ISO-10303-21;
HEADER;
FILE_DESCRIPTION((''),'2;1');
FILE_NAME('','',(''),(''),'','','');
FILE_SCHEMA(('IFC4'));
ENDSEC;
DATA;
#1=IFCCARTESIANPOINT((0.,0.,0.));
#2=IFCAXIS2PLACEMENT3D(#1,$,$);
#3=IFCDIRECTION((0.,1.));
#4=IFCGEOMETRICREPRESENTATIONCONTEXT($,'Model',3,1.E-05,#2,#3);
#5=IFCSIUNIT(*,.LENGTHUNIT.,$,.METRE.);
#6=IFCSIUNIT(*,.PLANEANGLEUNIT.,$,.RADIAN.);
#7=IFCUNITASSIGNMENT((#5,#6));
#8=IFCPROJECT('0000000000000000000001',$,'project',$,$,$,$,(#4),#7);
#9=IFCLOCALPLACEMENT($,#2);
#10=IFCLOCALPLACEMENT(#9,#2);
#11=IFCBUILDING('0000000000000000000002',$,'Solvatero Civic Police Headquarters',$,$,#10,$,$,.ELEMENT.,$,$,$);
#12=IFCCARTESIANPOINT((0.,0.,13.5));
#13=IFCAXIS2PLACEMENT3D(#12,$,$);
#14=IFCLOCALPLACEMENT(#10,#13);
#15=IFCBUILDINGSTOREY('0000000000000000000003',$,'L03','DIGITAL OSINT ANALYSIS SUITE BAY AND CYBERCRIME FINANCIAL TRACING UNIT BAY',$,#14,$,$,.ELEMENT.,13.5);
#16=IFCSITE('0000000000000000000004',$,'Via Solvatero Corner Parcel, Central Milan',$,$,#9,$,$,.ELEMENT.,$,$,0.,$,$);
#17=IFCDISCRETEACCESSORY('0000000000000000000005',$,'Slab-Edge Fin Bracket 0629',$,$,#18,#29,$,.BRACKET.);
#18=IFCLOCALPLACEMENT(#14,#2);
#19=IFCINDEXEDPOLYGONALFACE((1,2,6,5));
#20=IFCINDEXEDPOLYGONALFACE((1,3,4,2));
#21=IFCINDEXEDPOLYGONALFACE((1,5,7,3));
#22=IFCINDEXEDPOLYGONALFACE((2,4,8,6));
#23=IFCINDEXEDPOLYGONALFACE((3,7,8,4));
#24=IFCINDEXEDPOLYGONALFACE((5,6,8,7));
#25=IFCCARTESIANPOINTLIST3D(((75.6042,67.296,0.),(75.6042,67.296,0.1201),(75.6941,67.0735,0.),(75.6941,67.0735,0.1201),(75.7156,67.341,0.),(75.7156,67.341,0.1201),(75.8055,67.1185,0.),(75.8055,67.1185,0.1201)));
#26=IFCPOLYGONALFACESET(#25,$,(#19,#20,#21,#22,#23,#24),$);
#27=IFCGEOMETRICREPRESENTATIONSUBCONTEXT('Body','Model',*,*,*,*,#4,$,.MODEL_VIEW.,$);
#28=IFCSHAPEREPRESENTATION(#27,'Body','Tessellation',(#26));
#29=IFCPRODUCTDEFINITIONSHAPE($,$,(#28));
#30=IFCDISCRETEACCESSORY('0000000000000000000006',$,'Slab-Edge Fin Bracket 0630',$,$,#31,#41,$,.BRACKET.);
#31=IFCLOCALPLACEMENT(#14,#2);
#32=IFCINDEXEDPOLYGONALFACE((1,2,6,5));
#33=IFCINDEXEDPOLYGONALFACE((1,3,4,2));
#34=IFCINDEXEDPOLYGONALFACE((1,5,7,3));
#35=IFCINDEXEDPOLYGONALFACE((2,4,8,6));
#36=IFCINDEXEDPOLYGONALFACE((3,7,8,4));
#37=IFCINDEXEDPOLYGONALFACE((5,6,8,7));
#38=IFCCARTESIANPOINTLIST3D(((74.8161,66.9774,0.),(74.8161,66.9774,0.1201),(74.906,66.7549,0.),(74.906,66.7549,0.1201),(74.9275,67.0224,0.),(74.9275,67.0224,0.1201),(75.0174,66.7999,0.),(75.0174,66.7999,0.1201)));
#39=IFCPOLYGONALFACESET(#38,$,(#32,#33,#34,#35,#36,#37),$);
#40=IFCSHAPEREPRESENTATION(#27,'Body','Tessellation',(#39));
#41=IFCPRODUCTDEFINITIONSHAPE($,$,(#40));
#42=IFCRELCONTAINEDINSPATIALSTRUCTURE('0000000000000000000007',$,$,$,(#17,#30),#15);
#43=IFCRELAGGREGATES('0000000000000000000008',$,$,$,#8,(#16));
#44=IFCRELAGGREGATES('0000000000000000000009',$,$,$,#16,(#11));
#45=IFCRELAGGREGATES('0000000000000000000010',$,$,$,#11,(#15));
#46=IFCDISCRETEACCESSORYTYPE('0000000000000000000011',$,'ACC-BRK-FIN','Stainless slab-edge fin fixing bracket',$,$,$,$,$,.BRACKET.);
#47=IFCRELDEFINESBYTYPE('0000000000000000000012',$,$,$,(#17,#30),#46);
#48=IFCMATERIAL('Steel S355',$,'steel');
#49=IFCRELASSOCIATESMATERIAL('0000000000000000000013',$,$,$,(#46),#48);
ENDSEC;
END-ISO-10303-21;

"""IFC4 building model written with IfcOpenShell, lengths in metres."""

from ifc_helpers import new_model, si_unit, direction, frame, origin, origin_2d, place, context, subcontext, project, spatial, rectangle, extrude, material, type_object, element, save


model = new_model("IFC4")

# Units and contexts
model_context = context("Model", 3, precision=1e-05, world=origin(), true_north=direction((0.0, 1.0)))
body_context = subcontext(model_context, "Body", "Model", "MODEL_VIEW")
ifc_project = project(units=[si_unit("LENGTHUNIT", "METRE"), si_unit("PLANEANGLEUNIT", "RADIAN")], contexts=[model_context])

# Site, building, storey
site_placement = place(None, origin())
site = spatial("IfcSite", under=ifc_project, at=site_placement, Name="Via Solvatero Corner Parcel, Central Milan", CompositionType="ELEMENT", RefElevation=0.0)
building_placement = place(site_placement, origin())
building = spatial("IfcBuilding", under=site, at=building_placement, Name="Solvatero Civic Police Headquarters", CompositionType="ELEMENT")
storey_placement = place(building_placement, frame((0.0, 0.0, 13.5)))
storey = spatial("IfcBuildingStorey", under=building, at=storey_placement, Name="L03", Description="DIGITAL OSINT ANALYSIS SUITE BAY AND CYBERCRIME FINANCIAL TRACING UNIT BAY", CompositionType="ELEMENT", Elevation=13.5)

# Shared definitions
ifc_material_1 = material(Name="Steel S355", Category="steel")

# Discrete accessories
discrete_accessory_type = type_object("IfcDiscreteAccessoryType", Name="ACC-BRK-FIN", Description="Stainless slab-edge fin fixing bracket", PredefinedType="BRACKET", material=ifc_material_1)
for number, where, z_axis, x_axis, name in (
    (1, (75.7048, 67.2073, 0.0), (0.0, 0.0, 1.0), (-0.927184, -0.374607, 0.0), "Slab-Edge Fin Bracket 0629"),
    (2, (74.9167, 66.8887, 0.0), (0.0, 0.0, 1.0), (-0.927184, -0.374607, 0.0), "Slab-Edge Fin Bracket 0630"),
):
    element("IfcDiscreteAccessory", number, at=place(storey_placement, frame(where, z_axis=z_axis, x_axis=x_axis)), inside=storey, type_object=discrete_accessory_type, Name=name, PredefinedType="BRACKET", context=body_context, shape_type="SweptSolid", body=[
        extrude(rectangle(XDim=0.1201, YDim=0.24, at=origin_2d()), origin(), (0.0, 0.0, 1.0), 0.1201),
    ])

save(model, "model.ifc")
